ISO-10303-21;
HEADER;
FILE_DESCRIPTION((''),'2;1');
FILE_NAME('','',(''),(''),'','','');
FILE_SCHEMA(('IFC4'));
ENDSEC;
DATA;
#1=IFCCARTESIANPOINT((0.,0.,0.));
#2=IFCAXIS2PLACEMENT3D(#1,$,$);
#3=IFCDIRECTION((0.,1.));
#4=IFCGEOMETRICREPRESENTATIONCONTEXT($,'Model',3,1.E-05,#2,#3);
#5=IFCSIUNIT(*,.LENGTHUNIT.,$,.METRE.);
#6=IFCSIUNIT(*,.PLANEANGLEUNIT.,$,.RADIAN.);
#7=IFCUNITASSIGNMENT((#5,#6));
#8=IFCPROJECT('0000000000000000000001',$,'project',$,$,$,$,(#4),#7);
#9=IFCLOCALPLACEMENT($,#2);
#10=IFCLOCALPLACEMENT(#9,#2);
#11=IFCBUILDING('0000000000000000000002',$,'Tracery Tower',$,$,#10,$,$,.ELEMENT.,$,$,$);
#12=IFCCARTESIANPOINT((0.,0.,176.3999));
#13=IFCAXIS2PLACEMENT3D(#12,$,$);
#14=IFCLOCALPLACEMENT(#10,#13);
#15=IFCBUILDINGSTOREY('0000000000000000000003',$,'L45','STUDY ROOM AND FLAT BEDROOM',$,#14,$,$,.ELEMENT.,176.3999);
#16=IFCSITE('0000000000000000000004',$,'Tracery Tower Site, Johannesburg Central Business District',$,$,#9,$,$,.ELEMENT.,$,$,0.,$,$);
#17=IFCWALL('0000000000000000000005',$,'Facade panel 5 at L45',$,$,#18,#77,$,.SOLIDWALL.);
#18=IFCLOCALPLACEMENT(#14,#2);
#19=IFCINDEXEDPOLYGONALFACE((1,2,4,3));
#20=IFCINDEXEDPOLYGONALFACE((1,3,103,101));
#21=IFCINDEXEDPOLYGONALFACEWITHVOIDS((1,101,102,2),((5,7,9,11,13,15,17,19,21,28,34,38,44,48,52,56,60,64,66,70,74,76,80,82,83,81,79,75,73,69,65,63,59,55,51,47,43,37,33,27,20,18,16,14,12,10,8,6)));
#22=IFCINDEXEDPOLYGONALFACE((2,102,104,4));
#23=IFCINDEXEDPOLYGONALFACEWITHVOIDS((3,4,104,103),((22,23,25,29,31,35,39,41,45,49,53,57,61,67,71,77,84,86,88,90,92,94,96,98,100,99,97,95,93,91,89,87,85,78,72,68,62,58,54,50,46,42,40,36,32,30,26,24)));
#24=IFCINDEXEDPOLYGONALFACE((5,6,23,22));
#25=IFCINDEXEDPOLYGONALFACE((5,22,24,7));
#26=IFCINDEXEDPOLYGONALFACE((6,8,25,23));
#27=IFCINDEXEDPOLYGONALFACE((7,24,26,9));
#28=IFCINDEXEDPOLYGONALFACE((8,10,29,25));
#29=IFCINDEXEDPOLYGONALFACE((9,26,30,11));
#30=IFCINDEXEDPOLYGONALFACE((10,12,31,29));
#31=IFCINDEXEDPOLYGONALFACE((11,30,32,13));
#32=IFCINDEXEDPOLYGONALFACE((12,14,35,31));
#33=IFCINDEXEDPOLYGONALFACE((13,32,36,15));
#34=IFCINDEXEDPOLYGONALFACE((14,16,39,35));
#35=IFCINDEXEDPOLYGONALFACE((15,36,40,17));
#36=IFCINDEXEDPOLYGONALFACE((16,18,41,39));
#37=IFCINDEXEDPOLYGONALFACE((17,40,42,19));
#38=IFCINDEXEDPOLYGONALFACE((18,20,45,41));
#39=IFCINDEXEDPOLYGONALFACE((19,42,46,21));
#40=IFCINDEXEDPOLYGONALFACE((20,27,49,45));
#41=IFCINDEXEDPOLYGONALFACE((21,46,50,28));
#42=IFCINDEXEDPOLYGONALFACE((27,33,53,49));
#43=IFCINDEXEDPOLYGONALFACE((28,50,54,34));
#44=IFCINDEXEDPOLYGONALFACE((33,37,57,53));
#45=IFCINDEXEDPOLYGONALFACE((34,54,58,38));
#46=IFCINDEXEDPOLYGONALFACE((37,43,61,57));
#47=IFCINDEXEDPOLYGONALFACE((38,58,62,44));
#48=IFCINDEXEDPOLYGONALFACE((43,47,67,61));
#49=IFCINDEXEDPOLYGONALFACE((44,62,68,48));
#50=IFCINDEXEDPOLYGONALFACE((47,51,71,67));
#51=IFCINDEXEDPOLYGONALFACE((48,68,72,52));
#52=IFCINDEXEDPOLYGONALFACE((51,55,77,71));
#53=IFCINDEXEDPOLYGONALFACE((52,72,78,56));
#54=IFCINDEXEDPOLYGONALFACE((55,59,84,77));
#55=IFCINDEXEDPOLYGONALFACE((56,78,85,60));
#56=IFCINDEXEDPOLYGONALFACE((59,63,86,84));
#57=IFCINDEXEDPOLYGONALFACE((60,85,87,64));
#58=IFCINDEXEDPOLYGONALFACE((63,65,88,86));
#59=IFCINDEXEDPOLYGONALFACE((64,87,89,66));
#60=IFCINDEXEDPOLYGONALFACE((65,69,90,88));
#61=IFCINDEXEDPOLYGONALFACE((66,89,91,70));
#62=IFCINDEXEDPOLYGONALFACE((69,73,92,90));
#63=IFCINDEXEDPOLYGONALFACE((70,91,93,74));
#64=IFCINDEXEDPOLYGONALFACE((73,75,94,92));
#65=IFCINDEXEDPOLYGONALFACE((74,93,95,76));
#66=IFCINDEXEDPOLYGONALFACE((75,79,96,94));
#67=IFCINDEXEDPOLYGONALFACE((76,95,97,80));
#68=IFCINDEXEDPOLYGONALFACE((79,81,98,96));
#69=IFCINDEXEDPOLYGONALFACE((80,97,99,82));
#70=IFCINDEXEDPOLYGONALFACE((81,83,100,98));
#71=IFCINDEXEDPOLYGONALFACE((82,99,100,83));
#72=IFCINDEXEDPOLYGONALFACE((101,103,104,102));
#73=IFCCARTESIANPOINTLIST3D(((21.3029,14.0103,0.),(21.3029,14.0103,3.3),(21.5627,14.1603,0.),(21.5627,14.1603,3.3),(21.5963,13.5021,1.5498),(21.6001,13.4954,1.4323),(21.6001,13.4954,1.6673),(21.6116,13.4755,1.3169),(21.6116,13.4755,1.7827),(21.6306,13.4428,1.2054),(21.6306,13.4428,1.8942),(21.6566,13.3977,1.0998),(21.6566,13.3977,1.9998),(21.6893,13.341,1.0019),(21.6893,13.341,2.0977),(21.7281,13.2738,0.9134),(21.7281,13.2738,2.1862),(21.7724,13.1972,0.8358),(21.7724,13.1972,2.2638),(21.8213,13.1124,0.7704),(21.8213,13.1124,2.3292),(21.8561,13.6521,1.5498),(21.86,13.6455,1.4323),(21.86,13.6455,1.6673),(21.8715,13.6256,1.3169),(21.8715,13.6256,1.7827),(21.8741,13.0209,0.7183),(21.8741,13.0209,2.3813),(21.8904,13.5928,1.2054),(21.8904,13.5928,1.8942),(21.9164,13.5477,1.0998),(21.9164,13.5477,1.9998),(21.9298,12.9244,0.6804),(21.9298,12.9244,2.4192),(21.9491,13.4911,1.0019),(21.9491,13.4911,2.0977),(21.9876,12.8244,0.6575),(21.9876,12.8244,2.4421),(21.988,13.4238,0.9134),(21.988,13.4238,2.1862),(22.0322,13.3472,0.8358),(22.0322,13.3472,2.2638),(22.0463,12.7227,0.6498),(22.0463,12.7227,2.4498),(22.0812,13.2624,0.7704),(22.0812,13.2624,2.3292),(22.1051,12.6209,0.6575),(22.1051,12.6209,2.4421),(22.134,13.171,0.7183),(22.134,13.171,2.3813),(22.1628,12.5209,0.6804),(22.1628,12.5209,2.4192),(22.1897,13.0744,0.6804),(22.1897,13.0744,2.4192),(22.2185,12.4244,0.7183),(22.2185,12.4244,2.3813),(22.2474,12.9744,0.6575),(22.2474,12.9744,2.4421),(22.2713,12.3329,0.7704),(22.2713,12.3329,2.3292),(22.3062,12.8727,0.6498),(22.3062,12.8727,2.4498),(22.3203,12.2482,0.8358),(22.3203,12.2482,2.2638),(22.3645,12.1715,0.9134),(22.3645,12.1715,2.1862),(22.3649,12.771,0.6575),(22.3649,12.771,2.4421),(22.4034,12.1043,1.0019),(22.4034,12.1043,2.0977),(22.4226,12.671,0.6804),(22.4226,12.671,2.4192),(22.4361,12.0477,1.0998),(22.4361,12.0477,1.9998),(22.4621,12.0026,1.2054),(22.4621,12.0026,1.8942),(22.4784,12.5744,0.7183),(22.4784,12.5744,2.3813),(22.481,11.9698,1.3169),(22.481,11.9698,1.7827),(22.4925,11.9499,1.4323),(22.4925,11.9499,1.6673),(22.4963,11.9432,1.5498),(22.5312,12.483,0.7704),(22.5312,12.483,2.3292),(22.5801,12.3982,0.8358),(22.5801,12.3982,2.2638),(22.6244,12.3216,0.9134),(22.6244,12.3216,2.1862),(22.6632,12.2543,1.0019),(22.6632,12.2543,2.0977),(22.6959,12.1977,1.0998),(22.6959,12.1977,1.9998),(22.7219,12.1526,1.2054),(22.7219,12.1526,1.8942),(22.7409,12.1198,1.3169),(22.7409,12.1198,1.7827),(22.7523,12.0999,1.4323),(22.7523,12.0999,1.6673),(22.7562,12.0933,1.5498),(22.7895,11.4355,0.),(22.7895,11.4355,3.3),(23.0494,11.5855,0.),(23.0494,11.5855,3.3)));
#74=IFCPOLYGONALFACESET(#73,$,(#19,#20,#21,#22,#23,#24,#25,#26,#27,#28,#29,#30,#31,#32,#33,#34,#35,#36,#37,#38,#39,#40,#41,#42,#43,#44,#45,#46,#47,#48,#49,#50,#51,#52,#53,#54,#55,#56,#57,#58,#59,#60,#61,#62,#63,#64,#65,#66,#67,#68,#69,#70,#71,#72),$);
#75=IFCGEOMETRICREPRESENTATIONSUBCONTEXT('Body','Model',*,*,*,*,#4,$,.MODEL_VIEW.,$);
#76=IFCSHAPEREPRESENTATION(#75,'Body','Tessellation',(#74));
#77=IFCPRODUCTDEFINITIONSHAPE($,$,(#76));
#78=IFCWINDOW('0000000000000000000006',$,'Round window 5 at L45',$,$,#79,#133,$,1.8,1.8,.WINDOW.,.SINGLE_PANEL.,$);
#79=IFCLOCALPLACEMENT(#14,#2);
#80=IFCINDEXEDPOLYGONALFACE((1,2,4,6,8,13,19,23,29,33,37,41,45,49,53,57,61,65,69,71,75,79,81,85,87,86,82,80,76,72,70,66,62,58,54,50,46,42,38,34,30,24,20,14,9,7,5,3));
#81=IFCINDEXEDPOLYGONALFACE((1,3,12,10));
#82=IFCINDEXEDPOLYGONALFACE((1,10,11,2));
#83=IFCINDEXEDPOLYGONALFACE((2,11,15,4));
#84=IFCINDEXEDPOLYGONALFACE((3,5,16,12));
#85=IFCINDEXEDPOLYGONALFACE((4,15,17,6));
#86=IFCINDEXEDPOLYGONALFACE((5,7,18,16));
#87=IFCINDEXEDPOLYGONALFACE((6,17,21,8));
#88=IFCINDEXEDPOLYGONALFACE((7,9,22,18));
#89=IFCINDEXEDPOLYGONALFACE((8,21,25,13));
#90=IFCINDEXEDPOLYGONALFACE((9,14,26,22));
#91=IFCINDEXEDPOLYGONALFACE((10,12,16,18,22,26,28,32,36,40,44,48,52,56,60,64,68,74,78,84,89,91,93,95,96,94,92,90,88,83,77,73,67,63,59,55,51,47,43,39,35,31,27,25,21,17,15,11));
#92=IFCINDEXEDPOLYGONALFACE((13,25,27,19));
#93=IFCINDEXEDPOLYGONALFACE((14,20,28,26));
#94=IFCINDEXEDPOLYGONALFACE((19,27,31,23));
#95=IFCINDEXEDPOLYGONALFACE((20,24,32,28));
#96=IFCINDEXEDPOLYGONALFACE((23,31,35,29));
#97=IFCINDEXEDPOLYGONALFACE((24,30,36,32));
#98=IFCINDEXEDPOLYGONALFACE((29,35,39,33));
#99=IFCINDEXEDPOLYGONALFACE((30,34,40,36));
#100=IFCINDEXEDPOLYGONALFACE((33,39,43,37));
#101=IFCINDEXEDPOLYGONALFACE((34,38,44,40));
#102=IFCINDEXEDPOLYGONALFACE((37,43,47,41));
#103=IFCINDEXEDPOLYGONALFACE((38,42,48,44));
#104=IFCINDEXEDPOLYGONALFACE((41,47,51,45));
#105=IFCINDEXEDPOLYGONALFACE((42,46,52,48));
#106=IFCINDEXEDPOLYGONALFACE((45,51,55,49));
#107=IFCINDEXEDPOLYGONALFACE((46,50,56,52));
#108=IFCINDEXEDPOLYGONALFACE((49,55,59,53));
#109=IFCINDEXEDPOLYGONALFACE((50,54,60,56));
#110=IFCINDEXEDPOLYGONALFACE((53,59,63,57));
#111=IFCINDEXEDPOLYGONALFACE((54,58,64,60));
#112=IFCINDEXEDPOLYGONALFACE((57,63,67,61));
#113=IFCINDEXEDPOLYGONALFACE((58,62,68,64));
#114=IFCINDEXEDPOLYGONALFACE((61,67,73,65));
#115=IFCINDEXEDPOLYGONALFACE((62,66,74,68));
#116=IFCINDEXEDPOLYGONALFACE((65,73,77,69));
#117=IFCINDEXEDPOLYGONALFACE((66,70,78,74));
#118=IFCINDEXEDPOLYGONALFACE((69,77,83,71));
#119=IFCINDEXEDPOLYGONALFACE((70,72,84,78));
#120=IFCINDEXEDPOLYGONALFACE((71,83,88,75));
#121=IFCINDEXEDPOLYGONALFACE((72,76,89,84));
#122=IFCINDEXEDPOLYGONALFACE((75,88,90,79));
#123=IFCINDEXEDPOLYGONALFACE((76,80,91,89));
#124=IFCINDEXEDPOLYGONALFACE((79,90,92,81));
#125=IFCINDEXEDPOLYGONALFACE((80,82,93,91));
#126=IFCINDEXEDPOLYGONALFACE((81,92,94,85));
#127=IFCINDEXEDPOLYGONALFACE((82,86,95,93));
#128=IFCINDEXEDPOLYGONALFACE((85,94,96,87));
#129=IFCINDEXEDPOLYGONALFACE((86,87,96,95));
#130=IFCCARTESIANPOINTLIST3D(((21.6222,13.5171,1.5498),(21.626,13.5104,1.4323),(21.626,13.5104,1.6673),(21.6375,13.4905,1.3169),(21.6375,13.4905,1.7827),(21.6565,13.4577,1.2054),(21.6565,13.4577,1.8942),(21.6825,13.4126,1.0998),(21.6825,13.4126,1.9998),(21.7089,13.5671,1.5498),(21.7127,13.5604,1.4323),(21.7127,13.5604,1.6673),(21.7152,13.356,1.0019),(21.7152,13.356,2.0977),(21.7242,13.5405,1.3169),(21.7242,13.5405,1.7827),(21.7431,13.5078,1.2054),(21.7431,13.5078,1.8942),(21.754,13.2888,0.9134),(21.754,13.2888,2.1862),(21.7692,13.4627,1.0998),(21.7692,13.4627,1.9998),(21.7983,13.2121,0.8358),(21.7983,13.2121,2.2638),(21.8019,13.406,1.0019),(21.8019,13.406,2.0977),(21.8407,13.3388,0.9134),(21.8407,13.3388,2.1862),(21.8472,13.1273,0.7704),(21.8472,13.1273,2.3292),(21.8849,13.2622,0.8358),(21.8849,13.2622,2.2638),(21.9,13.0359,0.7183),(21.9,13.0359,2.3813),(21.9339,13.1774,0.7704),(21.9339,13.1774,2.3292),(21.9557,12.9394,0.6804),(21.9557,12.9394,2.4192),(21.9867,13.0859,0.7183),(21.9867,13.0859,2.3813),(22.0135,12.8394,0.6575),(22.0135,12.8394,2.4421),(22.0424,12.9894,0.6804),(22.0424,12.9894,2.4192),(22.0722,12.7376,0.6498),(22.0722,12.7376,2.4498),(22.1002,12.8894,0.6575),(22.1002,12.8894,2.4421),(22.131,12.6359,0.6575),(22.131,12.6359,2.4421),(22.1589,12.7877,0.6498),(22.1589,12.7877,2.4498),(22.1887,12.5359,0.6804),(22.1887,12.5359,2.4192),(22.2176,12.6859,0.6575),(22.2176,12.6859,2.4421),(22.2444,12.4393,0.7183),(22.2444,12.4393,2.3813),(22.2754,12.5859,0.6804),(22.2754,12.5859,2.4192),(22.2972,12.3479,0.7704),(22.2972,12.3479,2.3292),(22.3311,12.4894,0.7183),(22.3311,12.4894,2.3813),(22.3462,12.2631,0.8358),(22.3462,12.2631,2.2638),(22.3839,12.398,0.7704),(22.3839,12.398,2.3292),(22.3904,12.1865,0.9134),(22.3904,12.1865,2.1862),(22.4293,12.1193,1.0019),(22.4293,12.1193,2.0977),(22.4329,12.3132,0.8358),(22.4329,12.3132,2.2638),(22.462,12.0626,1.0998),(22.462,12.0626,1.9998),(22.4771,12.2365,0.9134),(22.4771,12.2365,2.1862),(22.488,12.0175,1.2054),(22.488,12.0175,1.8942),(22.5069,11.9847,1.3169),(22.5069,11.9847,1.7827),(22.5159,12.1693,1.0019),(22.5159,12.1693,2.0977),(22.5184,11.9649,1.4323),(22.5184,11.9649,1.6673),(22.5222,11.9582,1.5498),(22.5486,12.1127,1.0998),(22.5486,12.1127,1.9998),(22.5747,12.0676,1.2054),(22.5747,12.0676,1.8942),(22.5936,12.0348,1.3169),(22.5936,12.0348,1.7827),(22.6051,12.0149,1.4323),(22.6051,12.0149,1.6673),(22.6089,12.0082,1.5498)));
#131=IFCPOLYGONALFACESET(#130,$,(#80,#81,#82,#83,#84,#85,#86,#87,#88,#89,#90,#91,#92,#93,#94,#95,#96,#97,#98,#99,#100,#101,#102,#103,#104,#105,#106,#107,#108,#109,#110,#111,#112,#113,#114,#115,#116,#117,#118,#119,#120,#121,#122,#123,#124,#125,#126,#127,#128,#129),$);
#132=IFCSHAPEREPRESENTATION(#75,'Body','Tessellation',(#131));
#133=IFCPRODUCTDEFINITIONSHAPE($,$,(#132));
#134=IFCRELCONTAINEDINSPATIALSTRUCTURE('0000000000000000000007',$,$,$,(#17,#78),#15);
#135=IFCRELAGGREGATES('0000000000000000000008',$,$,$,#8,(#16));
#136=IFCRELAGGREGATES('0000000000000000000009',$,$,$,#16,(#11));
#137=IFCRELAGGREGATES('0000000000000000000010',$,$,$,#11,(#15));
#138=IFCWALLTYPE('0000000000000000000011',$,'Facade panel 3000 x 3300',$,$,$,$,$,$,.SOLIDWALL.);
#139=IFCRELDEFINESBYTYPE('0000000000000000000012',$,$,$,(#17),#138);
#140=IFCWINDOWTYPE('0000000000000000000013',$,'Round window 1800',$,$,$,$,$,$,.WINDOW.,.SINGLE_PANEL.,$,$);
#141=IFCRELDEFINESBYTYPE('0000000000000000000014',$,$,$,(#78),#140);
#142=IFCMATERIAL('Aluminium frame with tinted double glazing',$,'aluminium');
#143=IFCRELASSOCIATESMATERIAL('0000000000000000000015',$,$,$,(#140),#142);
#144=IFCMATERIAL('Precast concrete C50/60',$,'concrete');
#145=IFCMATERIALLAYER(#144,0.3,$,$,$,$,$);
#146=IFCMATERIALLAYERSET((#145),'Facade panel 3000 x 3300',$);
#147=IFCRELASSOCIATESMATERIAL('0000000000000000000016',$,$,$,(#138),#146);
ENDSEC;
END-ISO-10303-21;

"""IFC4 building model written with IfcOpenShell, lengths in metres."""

from ifc_helpers import new_model, si_unit, direction, frame, frame_2d, origin, origin_2d, place, context, subcontext, project, spatial, rectangle, circle, extrude, material, layer, layer_set, type_object, element, fill, save


model = new_model("IFC4")

# Units and contexts
model_context = context("Model", 3, precision=1e-05, world=origin(), true_north=direction((0.0, 1.0)))
body_context = subcontext(model_context, "Body", "Model", "MODEL_VIEW")
ifc_project = project(units=[si_unit("LENGTHUNIT", "METRE"), si_unit("PLANEANGLEUNIT", "RADIAN")], contexts=[model_context])

# Site, building, storey
site_placement = place(None, origin())
site = spatial("IfcSite", under=ifc_project, at=site_placement, Name="Tracery Tower Site, Johannesburg Central Business District", CompositionType="ELEMENT", RefElevation=0.0)
building_placement = place(site_placement, origin())
building = spatial("IfcBuilding", under=site, at=building_placement, Name="Tracery Tower", CompositionType="ELEMENT")
storey_placement = place(building_placement, frame((0.0, 0.0, 176.3999)))
storey = spatial("IfcBuildingStorey", under=building, at=storey_placement, Name="L45", Description="STUDY ROOM AND FLAT BEDROOM", CompositionType="ELEMENT", Elevation=176.3999)

# Wall, opening, window
ifc_material_1 = material(Name="Aluminium frame with tinted double glazing", Category="aluminium")
window_type = type_object("IfcWindowType", Name="Round window 1800", PartitioningType="SINGLE_PANEL", PredefinedType="WINDOW", material=ifc_material_1)
ifc_material_2 = material(Name="Precast concrete C50/60", Category="concrete")
ifc_layer_1 = layer(ifc_material_2, 0.3)
ifc_layer_set_1 = layer_set([ifc_layer_1], Name="Facade panel 3000 x 3300")
wall_type_1 = type_object("IfcWallType", Name="Facade panel 3000 x 3300", PredefinedType="SOLIDWALL", material=ifc_layer_set_1)
wall_1_placement = place(storey_placement, frame((22.9194, 11.5105, 0.0), z_axis=(0.0, 0.0, 1.0), x_axis=(-0.500016, 0.866016, 0.0)))
wall_1 = element("IfcWall", 1, at=wall_1_placement, inside=storey, type_object=wall_type_1, Name="Facade panel 5 at L45", PredefinedType="SOLIDWALL", context=body_context, shape_type="SweptSolid", body=[
    extrude(rectangle(XDim=2.9731, YDim=0.3, at=frame_2d((1.4866, 0.0))), origin(), (0.0, 0.0, 1.0), 3.3),
])
opening_1_placement = place(wall_1_placement, frame((1.4863, 0.0, 1.5498)))
opening_1 = element("IfcOpeningElement", 2, at=opening_1_placement, cuts=wall_1, PredefinedType="OPENING", context=body_context, shape_type="SweptSolid", body=[
    extrude(circle(Radius=0.9, at=origin_2d()), frame((0.0, 0.1599, 0.0), z_axis=(0.0, -1.0, 0.0), x_axis=(1.0, 0.0, 0.0)), (0.0, 0.0, 1.0), 0.3201),
])
window_1_placement = place(opening_1_placement, origin())
window_1 = element("IfcWindow", 3, at=window_1_placement, inside=storey, type_object=window_type, Name="Round window 5 at L45", OverallHeight=1.8, OverallWidth=1.8, PartitioningType="SINGLE_PANEL", PredefinedType="WINDOW", context=body_context, shape_type="SweptSolid", body=[
    extrude(circle(Radius=0.9, at=origin_2d()), frame((0.0, 0.1201, 0.0), z_axis=(0.0, -1.0, 0.0), x_axis=(1.0, 0.0, 0.0)), (0.0, 0.0, 1.0), 0.1001),
])
fill(opening_1, window_1)

save(model, "model.ifc")
